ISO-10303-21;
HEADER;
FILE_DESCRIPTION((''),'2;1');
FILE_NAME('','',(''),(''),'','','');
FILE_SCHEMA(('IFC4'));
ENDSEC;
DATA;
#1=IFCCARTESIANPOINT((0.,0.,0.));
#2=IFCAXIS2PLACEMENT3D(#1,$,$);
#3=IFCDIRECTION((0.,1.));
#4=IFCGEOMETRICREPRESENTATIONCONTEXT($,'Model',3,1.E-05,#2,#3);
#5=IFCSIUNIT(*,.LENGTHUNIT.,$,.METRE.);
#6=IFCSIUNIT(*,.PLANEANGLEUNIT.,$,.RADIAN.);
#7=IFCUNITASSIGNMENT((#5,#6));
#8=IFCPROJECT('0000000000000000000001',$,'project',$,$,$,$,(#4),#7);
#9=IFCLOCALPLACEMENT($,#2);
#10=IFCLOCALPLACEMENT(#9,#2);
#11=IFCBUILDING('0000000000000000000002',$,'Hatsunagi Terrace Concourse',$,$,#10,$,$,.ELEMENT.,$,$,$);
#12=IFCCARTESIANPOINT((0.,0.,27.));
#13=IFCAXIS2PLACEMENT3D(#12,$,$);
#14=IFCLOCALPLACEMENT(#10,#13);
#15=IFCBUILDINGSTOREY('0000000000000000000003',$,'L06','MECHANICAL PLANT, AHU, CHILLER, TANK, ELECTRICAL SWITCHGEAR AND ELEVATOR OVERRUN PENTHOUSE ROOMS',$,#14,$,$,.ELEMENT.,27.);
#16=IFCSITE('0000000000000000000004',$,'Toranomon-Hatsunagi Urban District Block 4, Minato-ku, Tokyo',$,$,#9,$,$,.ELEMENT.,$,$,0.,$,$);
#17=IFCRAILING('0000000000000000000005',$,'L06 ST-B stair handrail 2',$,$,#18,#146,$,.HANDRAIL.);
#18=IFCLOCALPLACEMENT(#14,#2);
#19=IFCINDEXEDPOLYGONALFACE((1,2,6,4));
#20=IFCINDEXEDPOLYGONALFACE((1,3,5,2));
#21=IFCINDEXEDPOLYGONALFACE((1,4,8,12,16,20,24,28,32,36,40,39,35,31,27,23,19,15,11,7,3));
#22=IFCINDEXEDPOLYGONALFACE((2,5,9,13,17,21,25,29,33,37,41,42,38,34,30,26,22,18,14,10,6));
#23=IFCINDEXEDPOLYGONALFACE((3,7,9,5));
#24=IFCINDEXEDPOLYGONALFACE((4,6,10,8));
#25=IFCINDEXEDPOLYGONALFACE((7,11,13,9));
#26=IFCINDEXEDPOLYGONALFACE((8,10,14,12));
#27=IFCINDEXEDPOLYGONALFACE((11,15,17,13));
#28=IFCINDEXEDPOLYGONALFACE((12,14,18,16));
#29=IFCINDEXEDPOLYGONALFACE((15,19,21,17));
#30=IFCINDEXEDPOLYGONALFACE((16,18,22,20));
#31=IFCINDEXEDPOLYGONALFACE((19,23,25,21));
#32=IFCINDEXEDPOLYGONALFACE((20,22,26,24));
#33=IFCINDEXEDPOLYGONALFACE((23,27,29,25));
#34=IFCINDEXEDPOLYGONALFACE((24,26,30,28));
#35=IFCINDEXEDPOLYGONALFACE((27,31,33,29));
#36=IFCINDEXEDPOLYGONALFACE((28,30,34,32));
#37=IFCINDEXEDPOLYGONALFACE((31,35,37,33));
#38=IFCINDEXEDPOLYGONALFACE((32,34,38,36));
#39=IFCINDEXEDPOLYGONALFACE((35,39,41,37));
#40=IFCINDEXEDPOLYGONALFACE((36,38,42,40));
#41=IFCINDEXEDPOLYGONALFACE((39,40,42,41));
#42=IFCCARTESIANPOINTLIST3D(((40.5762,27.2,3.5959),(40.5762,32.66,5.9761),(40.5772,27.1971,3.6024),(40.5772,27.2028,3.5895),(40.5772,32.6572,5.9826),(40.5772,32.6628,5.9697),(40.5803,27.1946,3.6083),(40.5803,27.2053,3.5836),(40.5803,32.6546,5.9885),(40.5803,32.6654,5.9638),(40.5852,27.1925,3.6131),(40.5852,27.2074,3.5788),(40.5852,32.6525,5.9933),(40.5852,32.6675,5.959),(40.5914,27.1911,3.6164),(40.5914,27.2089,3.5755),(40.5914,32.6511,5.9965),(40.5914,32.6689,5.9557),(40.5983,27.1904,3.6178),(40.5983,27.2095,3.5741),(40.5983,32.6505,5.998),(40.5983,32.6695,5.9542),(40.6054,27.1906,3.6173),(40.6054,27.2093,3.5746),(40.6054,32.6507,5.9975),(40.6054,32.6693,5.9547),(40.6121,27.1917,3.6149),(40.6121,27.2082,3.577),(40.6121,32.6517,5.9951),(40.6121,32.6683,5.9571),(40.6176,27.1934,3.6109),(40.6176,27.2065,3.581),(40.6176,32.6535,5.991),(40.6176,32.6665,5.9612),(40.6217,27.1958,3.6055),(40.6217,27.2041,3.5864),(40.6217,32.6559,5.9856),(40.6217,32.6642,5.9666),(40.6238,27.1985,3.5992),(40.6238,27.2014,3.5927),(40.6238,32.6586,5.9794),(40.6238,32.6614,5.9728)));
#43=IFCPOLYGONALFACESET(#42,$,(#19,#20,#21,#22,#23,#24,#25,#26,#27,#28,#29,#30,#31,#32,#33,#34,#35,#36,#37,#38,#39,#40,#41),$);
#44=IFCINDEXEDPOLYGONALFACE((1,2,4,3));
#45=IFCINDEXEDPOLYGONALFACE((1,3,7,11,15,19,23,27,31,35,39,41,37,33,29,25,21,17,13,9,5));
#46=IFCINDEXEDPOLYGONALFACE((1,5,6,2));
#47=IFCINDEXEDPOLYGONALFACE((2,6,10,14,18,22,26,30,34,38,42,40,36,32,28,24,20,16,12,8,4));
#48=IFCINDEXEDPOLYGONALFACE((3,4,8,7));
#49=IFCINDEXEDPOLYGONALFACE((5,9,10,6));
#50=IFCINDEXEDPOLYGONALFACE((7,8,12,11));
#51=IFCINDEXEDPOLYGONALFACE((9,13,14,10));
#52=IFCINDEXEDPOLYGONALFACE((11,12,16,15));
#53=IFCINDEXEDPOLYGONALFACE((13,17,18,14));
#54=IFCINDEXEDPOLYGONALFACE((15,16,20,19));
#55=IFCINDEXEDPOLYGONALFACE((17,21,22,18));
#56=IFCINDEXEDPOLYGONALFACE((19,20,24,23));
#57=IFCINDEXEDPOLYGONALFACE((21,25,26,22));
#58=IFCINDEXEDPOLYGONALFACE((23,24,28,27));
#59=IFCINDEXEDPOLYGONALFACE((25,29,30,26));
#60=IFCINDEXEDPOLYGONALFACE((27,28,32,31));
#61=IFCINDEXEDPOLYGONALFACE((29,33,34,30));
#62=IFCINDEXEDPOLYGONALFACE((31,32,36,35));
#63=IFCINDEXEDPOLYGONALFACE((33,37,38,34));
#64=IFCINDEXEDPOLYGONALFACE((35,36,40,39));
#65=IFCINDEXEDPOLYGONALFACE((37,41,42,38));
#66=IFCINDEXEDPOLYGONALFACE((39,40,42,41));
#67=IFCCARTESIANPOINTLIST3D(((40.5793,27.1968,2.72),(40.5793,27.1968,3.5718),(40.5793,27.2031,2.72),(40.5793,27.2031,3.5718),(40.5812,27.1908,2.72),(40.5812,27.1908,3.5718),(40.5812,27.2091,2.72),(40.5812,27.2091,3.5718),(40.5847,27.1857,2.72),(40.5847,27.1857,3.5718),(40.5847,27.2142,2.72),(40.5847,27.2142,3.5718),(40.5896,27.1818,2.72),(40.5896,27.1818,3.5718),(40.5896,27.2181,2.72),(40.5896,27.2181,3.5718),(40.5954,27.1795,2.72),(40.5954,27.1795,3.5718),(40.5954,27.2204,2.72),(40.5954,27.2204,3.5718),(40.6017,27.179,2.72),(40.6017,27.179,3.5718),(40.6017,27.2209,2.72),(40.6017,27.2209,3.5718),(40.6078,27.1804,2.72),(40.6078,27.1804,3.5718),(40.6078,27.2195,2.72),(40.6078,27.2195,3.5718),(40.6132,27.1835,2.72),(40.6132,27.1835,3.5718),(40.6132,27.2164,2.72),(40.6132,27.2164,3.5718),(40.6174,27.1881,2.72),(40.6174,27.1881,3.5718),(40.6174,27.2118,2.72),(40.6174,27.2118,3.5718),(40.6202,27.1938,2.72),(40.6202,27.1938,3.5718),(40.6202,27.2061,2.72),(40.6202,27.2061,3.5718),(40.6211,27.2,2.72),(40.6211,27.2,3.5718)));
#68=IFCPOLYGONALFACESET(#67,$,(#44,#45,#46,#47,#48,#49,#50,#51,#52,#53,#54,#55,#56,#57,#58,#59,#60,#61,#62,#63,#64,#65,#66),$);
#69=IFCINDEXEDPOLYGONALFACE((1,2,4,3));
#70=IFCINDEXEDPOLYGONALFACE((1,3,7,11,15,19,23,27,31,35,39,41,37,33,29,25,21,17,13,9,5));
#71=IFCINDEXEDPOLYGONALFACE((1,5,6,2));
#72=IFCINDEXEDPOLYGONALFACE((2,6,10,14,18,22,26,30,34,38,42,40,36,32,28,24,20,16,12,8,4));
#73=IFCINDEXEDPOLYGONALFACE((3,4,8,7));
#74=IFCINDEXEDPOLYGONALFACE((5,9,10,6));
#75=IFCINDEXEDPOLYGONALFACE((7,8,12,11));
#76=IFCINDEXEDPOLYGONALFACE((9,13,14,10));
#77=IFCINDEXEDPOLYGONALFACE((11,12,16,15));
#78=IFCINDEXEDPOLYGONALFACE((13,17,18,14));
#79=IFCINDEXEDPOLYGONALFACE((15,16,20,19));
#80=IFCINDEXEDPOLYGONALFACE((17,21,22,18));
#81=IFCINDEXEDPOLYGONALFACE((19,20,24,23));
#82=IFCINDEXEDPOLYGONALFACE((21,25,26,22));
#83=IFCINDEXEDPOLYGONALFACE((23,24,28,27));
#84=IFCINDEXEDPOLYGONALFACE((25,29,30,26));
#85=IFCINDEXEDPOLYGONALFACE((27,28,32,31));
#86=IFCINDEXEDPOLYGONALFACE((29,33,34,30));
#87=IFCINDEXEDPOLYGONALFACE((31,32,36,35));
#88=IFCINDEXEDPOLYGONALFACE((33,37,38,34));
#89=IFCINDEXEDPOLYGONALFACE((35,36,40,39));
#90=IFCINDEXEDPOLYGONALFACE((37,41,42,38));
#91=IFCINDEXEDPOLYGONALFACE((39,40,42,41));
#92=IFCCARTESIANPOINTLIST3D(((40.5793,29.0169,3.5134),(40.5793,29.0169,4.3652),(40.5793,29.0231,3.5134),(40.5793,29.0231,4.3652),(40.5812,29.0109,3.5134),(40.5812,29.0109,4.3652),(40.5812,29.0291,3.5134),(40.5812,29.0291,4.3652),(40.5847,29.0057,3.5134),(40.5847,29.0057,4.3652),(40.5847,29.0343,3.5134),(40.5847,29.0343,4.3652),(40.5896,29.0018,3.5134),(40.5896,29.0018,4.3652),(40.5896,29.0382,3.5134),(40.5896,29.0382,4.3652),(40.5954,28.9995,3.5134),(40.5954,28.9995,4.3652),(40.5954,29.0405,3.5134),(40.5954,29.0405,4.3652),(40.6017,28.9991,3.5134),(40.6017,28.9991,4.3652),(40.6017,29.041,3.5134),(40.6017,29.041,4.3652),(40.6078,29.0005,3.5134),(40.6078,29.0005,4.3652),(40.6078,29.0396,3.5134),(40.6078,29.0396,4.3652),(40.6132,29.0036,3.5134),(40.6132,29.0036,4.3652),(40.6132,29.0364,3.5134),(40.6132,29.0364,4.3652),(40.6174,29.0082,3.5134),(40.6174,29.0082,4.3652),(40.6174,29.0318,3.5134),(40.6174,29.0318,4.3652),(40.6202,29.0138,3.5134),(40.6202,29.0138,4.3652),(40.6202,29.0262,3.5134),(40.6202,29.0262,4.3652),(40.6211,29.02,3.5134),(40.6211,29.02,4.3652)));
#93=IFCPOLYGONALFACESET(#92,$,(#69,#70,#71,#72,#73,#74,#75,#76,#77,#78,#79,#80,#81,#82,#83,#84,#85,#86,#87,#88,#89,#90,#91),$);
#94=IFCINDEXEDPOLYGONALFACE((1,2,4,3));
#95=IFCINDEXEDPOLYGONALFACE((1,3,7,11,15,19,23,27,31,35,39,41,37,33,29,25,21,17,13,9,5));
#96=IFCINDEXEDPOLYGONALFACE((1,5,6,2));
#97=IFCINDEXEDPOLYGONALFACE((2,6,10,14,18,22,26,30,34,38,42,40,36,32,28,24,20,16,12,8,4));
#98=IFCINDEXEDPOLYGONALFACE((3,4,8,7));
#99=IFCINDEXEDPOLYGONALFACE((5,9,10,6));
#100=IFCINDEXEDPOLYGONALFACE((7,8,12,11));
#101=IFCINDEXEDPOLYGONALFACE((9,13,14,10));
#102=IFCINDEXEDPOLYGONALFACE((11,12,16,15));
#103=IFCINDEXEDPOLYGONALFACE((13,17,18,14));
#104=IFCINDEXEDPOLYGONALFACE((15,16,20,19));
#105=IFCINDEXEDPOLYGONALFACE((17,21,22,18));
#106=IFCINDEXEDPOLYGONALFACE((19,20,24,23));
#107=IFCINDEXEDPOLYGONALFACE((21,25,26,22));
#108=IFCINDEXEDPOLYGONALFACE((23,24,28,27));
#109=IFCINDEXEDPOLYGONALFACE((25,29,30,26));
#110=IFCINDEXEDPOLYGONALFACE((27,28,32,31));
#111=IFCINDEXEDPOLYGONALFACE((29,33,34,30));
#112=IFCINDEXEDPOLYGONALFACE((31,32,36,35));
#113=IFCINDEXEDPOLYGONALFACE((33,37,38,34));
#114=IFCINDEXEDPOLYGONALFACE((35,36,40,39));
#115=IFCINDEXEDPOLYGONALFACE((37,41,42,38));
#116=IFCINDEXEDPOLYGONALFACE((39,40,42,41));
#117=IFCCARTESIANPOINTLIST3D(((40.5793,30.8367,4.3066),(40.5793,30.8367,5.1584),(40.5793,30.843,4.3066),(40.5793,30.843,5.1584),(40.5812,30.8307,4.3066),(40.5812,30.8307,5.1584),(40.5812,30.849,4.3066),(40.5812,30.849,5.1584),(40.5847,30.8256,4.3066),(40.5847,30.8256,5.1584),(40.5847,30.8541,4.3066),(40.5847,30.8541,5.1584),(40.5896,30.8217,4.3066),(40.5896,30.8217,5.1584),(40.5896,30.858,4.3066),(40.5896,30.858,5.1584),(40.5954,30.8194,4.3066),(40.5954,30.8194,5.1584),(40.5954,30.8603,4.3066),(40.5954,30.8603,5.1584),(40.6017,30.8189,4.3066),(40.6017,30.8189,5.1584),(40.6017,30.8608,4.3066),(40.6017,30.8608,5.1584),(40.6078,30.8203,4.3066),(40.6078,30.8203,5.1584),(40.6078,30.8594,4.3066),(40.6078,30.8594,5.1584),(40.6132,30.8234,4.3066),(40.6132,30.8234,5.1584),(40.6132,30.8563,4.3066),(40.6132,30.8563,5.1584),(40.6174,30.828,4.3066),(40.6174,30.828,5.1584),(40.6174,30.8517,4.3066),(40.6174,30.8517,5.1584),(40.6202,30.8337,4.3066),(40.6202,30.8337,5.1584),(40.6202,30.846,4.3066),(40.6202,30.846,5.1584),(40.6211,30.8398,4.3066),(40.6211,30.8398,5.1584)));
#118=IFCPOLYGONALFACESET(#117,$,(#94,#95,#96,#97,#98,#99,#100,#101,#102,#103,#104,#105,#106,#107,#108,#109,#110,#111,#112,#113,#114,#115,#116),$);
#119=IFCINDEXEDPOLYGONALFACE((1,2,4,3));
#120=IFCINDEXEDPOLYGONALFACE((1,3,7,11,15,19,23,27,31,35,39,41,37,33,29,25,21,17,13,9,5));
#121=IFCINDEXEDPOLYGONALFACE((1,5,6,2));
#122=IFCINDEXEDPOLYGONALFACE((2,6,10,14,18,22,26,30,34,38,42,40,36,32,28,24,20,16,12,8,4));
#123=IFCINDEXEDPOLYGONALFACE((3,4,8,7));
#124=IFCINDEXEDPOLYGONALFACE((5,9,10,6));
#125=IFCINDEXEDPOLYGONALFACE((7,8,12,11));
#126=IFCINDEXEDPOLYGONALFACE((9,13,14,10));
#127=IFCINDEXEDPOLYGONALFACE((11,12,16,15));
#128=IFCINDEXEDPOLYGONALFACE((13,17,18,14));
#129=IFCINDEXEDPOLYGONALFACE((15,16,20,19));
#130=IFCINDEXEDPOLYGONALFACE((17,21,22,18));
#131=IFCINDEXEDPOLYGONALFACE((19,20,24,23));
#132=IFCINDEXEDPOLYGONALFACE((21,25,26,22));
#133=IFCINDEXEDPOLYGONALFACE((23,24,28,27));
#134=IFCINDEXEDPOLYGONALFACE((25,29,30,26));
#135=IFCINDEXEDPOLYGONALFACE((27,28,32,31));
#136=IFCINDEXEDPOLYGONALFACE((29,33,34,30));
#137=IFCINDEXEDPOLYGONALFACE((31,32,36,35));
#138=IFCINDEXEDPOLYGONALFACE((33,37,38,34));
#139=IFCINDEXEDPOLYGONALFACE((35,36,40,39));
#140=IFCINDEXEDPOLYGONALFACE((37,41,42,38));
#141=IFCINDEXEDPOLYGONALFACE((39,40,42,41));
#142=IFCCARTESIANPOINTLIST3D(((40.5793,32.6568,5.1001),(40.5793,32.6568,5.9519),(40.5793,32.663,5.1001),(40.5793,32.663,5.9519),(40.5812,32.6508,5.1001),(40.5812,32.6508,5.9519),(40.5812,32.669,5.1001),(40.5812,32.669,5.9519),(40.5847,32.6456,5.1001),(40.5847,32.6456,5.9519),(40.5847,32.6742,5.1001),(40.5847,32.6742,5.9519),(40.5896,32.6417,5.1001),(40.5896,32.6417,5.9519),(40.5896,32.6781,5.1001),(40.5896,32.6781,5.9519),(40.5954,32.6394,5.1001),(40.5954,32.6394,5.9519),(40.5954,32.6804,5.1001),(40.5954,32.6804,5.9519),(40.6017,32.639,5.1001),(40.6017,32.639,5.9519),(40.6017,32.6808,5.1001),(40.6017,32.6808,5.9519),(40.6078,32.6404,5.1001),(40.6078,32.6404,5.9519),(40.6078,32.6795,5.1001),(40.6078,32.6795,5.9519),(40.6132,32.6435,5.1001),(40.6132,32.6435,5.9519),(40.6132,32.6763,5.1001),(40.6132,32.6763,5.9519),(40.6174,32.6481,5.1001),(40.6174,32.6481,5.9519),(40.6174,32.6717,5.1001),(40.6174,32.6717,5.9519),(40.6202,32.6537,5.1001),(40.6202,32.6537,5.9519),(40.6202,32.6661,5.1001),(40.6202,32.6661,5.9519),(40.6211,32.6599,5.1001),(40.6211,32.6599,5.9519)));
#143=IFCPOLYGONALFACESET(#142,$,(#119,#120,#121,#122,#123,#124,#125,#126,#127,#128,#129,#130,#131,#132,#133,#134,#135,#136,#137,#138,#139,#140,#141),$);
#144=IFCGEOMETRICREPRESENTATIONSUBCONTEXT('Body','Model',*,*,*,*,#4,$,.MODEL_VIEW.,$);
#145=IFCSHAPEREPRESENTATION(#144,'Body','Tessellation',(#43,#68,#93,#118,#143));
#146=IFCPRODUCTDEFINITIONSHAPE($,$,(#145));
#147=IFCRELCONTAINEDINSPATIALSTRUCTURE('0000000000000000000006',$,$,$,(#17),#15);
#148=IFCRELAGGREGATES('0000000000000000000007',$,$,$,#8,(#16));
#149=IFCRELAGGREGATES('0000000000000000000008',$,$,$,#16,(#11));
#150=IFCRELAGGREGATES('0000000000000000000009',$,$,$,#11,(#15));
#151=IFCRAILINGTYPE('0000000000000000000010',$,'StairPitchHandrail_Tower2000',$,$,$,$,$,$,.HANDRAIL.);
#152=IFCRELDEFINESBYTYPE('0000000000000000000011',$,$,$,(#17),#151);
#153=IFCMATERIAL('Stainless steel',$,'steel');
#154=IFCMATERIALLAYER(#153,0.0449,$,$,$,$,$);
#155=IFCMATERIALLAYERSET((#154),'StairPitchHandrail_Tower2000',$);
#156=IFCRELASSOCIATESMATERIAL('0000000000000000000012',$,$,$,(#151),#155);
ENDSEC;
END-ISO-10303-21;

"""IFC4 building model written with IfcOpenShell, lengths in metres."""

from ifc_helpers import new_model, si_unit, direction, frame, origin, origin_2d, place, context, subcontext, project, spatial, circle, extrude, material, layer, layer_set, type_object, element, save


model = new_model("IFC4")

# Units and contexts
model_context = context("Model", 3, precision=1e-05, world=origin(), true_north=direction((0.0, 1.0)))
body_context = subcontext(model_context, "Body", "Model", "MODEL_VIEW")
ifc_project = project(units=[si_unit("LENGTHUNIT", "METRE"), si_unit("PLANEANGLEUNIT", "RADIAN")], contexts=[model_context])

# Site, building, storey
site_placement = place(None, origin())
site = spatial("IfcSite", under=ifc_project, at=site_placement, Name="Toranomon-Hatsunagi Urban District Block 4, Minato-ku, Tokyo", CompositionType="ELEMENT", RefElevation=0.0)
building_placement = place(site_placement, origin())
building = spatial("IfcBuilding", under=site, at=building_placement, Name="Hatsunagi Terrace Concourse", CompositionType="ELEMENT")
storey_placement = place(building_placement, frame((0.0, 0.0, 27.0)))
storey = spatial("IfcBuildingStorey", under=building, at=storey_placement, Name="L06", Description="MECHANICAL PLANT, AHU, CHILLER, TANK, ELECTRICAL SWITCHGEAR AND ELEVATOR OVERRUN PENTHOUSE ROOMS", CompositionType="ELEMENT", Elevation=27.0)

# Railing
ifc_material_1 = material(Name="Stainless steel", Category="steel")
ifc_layer_1 = layer(ifc_material_1, 0.0449)
ifc_layer_set_1 = layer_set([ifc_layer_1], Name="StairPitchHandrail_Tower2000")
railing_type_1 = type_object("IfcRailingType", Name="StairPitchHandrail_Tower2000", PredefinedType="HANDRAIL", material=ifc_layer_set_1)
railing_1_placement = place(storey_placement, frame((40.6001, 27.2, 2.72)))
element("IfcRailing", 1, at=railing_1_placement, inside=storey, type_object=railing_type_1, Name="L06 ST-B stair handrail 2", PredefinedType="HANDRAIL", context=body_context, shape_type="SweptSolid", body=[
    extrude(circle(Radius=0.0239, at=origin_2d()), frame((0.0, 0.0, 0.876), z_axis=(0.0, 0.916687, 0.399606), x_axis=(-1.0, 0.0, 0.0)), (0.0, 0.0, 1.0), 5.9563),
    extrude(circle(Radius=0.021, at=origin_2d()), origin(), (0.0, 0.0, 1.0), 0.8518),
    extrude(circle(Radius=0.021, at=origin_2d()), frame((0.0, 1.8201, 0.7935)), (0.0, 0.0, 1.0), 0.8518),
    extrude(circle(Radius=0.021, at=origin_2d()), frame((0.0, 3.6399, 1.5867)), (0.0, 0.0, 1.0), 0.8518),
    extrude(circle(Radius=0.021, at=origin_2d()), frame((0.0, 5.46, 2.3801)), (0.0, 0.0, 1.0), 0.8518),
])

save(model, "model.ifc")
